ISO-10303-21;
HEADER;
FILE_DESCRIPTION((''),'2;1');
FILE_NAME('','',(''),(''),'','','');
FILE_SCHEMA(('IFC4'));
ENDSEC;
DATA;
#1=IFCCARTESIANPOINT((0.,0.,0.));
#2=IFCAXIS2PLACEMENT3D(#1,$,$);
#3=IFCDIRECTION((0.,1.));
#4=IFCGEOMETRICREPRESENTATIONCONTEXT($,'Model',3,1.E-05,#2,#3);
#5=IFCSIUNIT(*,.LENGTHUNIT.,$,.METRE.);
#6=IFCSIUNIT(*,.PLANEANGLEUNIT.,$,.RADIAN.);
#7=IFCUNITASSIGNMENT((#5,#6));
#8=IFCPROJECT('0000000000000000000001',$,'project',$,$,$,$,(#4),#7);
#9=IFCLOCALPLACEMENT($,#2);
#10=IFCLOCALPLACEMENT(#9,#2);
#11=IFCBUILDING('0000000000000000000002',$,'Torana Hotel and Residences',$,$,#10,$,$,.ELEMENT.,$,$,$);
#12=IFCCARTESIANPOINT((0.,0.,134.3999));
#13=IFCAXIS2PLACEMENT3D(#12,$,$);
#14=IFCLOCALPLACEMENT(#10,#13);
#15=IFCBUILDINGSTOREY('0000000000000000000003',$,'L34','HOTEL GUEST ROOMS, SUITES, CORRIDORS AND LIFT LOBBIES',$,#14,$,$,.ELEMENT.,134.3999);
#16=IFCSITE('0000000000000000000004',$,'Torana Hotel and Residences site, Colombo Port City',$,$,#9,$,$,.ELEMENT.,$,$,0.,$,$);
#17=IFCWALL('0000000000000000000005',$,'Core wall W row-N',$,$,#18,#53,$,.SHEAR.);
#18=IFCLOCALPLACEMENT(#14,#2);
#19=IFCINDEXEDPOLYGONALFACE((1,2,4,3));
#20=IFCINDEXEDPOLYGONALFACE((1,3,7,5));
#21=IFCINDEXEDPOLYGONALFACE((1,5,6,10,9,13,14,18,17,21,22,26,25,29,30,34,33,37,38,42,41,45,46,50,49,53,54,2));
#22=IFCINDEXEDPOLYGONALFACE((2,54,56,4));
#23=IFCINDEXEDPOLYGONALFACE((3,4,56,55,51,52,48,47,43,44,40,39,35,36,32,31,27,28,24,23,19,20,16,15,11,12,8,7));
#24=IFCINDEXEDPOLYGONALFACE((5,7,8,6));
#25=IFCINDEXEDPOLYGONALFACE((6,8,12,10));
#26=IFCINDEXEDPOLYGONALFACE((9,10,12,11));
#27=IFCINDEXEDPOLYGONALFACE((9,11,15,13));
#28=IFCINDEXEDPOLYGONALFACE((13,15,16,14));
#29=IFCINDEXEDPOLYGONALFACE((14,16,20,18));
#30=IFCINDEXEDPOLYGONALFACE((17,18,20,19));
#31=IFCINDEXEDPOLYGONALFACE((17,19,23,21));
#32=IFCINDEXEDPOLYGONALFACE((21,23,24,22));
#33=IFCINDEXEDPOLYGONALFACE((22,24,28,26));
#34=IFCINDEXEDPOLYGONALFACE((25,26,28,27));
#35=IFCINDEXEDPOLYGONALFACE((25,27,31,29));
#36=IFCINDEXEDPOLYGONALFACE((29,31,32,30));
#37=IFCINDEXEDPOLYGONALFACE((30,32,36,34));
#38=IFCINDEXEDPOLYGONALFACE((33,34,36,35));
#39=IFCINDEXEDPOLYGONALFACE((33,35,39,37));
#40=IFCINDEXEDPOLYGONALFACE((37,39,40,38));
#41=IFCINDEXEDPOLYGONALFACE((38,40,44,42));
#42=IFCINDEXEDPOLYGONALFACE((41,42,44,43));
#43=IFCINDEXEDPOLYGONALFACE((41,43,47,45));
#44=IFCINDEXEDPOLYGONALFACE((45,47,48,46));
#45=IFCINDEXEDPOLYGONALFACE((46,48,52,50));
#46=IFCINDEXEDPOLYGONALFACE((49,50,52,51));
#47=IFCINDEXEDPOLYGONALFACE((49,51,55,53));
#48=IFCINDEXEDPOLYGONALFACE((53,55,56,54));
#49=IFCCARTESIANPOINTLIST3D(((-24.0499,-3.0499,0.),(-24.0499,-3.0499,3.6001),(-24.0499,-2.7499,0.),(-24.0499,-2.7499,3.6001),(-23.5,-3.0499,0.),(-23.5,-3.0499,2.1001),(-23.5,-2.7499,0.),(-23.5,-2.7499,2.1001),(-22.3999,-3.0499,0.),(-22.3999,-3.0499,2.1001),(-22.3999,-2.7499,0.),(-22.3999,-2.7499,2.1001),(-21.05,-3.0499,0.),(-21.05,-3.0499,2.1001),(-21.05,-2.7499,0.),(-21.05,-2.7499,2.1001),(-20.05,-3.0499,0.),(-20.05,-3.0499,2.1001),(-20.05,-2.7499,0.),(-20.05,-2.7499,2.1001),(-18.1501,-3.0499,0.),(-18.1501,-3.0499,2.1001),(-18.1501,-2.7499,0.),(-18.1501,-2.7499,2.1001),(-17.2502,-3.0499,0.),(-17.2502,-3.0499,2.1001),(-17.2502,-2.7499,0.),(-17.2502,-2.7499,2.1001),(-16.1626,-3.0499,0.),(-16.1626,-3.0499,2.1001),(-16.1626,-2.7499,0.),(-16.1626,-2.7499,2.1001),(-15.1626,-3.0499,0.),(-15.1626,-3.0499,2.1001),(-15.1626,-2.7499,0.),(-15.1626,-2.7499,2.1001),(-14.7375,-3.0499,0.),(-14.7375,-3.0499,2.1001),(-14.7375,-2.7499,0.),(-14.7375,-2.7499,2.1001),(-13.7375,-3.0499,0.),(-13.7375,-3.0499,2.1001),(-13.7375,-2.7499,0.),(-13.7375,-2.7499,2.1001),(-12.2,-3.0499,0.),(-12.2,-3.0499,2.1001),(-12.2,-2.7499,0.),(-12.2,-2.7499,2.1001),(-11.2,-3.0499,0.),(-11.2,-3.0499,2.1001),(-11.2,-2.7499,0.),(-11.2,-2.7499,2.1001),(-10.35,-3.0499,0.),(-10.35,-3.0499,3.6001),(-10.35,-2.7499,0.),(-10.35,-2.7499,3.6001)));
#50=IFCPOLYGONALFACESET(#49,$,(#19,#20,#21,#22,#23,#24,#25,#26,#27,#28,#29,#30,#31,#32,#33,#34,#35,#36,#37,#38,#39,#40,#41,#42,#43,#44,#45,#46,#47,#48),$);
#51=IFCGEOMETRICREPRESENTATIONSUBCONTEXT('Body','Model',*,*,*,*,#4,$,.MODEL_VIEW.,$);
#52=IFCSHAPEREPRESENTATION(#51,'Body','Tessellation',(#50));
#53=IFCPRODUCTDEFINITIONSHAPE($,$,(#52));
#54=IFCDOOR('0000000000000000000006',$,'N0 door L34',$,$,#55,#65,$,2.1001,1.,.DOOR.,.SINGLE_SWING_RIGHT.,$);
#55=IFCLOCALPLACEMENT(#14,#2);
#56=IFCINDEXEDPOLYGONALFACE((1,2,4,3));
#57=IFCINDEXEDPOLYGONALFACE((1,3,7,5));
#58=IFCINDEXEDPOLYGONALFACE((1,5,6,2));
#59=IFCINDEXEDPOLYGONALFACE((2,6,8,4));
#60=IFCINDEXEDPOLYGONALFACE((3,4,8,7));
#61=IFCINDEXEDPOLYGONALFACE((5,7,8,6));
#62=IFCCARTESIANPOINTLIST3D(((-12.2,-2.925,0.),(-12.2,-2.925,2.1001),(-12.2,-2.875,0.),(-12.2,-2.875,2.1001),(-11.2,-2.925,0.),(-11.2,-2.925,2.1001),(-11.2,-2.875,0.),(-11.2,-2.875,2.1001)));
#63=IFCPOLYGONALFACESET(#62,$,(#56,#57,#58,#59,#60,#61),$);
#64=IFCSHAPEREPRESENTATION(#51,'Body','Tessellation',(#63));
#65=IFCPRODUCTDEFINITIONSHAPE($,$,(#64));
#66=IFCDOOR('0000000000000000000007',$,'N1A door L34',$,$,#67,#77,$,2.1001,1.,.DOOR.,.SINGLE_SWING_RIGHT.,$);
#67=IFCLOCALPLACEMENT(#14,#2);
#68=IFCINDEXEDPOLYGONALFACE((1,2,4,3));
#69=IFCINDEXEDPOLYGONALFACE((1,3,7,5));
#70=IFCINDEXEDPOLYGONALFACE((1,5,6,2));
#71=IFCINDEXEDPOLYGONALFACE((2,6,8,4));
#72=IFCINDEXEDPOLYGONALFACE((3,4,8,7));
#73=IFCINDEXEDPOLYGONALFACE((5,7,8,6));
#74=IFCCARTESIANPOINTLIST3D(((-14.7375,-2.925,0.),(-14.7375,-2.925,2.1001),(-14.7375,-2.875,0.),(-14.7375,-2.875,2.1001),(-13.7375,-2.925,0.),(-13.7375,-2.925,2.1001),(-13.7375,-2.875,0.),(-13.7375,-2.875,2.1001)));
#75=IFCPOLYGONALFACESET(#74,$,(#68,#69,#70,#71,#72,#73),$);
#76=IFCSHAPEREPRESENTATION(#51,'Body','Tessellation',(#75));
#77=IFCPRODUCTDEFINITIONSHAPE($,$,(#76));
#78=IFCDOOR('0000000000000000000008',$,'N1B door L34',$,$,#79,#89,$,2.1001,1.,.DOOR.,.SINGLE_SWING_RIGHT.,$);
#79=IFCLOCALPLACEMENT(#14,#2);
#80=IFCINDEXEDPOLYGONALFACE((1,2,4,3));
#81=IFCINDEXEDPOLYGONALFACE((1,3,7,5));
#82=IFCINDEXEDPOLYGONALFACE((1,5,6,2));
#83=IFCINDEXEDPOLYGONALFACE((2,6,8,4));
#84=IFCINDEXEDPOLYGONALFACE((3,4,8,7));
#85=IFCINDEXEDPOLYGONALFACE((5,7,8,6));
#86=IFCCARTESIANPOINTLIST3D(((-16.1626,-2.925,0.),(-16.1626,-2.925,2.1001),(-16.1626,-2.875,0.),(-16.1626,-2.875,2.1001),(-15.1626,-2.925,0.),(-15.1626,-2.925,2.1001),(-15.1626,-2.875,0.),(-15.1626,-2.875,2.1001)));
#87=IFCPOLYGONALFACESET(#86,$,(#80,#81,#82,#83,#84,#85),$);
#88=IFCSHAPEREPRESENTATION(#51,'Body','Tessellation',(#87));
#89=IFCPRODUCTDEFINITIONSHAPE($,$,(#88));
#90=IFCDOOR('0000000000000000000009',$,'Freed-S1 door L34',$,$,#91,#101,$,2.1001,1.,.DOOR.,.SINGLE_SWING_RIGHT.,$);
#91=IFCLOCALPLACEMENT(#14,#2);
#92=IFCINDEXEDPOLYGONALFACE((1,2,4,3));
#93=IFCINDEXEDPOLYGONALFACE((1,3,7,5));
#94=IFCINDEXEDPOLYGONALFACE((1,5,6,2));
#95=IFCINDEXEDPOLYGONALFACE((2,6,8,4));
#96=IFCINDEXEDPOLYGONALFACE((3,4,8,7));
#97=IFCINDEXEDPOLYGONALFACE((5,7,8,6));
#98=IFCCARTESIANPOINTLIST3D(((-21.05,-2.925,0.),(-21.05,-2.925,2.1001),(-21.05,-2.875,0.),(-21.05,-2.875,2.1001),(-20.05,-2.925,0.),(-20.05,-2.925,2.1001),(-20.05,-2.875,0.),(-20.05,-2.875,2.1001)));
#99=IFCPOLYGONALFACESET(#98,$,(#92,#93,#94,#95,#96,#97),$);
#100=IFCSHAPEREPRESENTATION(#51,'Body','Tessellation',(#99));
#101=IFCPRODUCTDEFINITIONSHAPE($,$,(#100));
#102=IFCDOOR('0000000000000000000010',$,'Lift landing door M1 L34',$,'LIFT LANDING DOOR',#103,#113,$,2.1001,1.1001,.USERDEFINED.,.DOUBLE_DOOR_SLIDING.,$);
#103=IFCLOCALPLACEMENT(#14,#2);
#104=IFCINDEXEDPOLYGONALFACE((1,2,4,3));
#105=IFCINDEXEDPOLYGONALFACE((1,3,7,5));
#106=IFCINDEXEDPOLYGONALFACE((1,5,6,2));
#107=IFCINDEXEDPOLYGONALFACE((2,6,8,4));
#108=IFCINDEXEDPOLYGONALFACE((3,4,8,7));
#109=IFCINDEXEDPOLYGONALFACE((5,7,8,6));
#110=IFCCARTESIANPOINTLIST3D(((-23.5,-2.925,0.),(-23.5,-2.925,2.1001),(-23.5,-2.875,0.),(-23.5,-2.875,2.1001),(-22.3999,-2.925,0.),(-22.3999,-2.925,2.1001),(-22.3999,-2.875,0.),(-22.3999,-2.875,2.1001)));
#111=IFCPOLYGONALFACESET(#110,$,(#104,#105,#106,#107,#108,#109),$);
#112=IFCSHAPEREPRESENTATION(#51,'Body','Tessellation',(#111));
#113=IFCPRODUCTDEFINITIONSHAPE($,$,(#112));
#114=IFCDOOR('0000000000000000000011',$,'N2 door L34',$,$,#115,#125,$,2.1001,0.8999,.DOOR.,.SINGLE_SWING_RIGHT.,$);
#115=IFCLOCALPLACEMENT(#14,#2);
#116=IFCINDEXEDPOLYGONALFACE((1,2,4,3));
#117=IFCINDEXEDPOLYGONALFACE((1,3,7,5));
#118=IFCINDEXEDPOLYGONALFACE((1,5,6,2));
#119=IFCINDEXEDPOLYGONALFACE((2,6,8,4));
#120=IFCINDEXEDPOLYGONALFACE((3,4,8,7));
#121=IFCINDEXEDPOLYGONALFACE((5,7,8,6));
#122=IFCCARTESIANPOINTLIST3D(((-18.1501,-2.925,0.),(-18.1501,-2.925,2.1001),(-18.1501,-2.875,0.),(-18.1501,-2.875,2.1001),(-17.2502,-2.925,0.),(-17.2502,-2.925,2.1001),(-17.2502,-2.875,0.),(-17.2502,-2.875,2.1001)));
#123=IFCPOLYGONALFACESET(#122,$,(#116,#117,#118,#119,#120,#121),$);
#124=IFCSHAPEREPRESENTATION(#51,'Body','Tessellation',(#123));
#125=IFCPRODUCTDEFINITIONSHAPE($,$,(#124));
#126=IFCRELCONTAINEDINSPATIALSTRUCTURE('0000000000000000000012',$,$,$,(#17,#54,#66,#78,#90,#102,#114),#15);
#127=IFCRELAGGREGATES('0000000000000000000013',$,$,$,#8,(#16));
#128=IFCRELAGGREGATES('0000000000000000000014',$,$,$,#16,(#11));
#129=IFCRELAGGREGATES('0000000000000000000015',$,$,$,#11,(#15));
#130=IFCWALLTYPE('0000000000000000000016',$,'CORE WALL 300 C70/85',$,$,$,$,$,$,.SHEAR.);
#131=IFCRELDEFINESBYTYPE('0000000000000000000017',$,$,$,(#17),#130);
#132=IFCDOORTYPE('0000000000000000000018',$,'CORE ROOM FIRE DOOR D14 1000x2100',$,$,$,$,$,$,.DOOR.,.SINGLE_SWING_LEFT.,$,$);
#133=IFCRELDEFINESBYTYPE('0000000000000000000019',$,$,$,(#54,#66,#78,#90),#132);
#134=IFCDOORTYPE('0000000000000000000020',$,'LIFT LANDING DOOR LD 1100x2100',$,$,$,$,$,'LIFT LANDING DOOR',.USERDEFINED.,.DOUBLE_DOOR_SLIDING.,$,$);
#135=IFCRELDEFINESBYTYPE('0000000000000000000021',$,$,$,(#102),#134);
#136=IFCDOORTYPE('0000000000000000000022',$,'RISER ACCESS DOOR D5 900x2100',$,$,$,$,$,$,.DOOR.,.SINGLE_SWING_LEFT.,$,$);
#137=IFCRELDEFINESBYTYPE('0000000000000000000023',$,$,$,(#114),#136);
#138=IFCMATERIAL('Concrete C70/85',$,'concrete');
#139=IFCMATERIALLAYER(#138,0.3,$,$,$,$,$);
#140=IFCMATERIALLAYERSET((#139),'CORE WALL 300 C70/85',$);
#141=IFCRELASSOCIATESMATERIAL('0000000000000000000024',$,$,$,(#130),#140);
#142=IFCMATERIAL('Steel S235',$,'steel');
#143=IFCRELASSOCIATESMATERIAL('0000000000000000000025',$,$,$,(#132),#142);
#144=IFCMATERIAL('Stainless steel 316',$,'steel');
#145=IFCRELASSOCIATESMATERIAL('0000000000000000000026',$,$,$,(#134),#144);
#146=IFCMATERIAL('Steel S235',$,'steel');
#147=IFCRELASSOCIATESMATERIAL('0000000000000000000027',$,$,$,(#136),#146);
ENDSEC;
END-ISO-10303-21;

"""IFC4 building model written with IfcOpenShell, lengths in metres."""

from ifc_helpers import new_model, si_unit, direction, frame, frame_2d, origin, place, context, subcontext, project, spatial, rectangle, extrude, material, layer, layer_set, type_object, element, fill, save


model = new_model("IFC4")

# Units and contexts
model_context = context("Model", 3, precision=1e-05, world=origin(), true_north=direction((0.0, 1.0)))
body_context = subcontext(model_context, "Body", "Model", "MODEL_VIEW")
ifc_project = project(units=[si_unit("LENGTHUNIT", "METRE"), si_unit("PLANEANGLEUNIT", "RADIAN")], contexts=[model_context])

# Site, building, storey
site_placement = place(None, origin())
site = spatial("IfcSite", under=ifc_project, at=site_placement, Name="Torana Hotel and Residences site, Colombo Port City", CompositionType="ELEMENT", RefElevation=0.0)
building_placement = place(site_placement, origin())
building = spatial("IfcBuilding", under=site, at=building_placement, Name="Torana Hotel and Residences", CompositionType="ELEMENT")
storey_placement = place(building_placement, frame((0.0, 0.0, 134.3999)))
storey = spatial("IfcBuildingStorey", under=building, at=storey_placement, Name="L34", Description="HOTEL GUEST ROOMS, SUITES, CORRIDORS AND LIFT LOBBIES", CompositionType="ELEMENT", Elevation=134.3999)

# Wall, openings, doors
ifc_material_1 = material(Name="Concrete C70/85", Category="concrete")
ifc_layer_1 = layer(ifc_material_1, 0.3)
ifc_layer_set_1 = layer_set([ifc_layer_1], Name="CORE WALL 300 C70/85")
wall_type_1 = type_object("IfcWallType", Name="CORE WALL 300 C70/85", PredefinedType="SHEAR", material=ifc_layer_set_1)
wall_1_placement = place(storey_placement, frame((-24.05, -2.8999, 0.0), z_axis=(0.0, 0.0, 1.0), x_axis=(1.0, 0.0, 0.0)))
wall_1 = element("IfcWall", 1, at=wall_1_placement, inside=storey, type_object=wall_type_1, Name="Core wall W row-N", PredefinedType="SHEAR", context=body_context, shape_type="SweptSolid", body=[
    extrude(rectangle(XDim=13.7, YDim=0.3, at=frame_2d((6.8501, 0.0))), origin(), (0.0, 0.0, 1.0), 3.6001),
])
opening_1_placement = place(wall_1_placement, frame((0.55, 0.0, 0.0)))
opening_1 = element("IfcOpeningElement", 2, at=opening_1_placement, cuts=wall_1, PredefinedType="OPENING", context=body_context, shape_type="SweptSolid", body=[
    extrude(rectangle(XDim=1.1001, YDim=2.1001, at=frame_2d((0.55, 1.05))), frame((0.0, 0.1599, 0.0), z_axis=(0.0, -1.0, 0.0), x_axis=(1.0, 0.0, 0.0)), (0.0, 0.0, 1.0), 0.3201),
])
opening_2_placement = place(wall_1_placement, frame((5.8999, 0.0, 0.0)))
opening_2 = element("IfcOpeningElement", 3, at=opening_2_placement, cuts=wall_1, PredefinedType="OPENING", context=body_context, shape_type="SweptSolid", body=[
    extrude(rectangle(XDim=0.8999, YDim=2.1001, at=frame_2d((0.45, 1.05))), frame((0.0, 0.1599, 0.0), z_axis=(0.0, -1.0, 0.0), x_axis=(1.0, 0.0, 0.0)), (0.0, 0.0, 1.0), 0.3201),
])
opening_3_placement = place(wall_1_placement, frame((11.8501, 0.0, 0.0)))
opening_3 = element("IfcOpeningElement", 4, at=opening_3_placement, cuts=wall_1, PredefinedType="OPENING", context=body_context, shape_type="SweptSolid", body=[
    extrude(rectangle(XDim=1.0, YDim=2.1001, at=frame_2d((0.5, 1.05))), frame((0.0, 0.1599, 0.0), z_axis=(0.0, -1.0, 0.0), x_axis=(1.0, 0.0, 0.0)), (0.0, 0.0, 1.0), 0.3201),
])
opening_4_placement = place(wall_1_placement, frame((9.3125, 0.0, 0.0)))
opening_4 = element("IfcOpeningElement", 5, at=opening_4_placement, cuts=wall_1, PredefinedType="OPENING", context=body_context, shape_type="SweptSolid", body=[
    extrude(rectangle(XDim=1.0, YDim=2.1001, at=frame_2d((0.5, 1.05))), frame((0.0, 0.1599, 0.0), z_axis=(0.0, -1.0, 0.0), x_axis=(1.0, 0.0, 0.0)), (0.0, 0.0, 1.0), 0.3201),
])
opening_5_placement = place(wall_1_placement, frame((7.8875, 0.0, 0.0)))
opening_5 = element("IfcOpeningElement", 6, at=opening_5_placement, cuts=wall_1, PredefinedType="OPENING", context=body_context, shape_type="SweptSolid", body=[
    extrude(rectangle(XDim=1.0, YDim=2.1001, at=frame_2d((0.5, 1.05))), frame((0.0, 0.1599, 0.0), z_axis=(0.0, -1.0, 0.0), x_axis=(1.0, 0.0, 0.0)), (0.0, 0.0, 1.0), 0.3201),
])
opening_6_placement = place(wall_1_placement, frame((3.0, 0.0, 0.0)))
opening_6 = element("IfcOpeningElement", 7, at=opening_6_placement, cuts=wall_1, PredefinedType="OPENING", context=body_context, shape_type="SweptSolid", body=[
    extrude(rectangle(XDim=1.0, YDim=2.1001, at=frame_2d((0.5, 1.05))), frame((0.0, 0.1599, 0.0), z_axis=(0.0, -1.0, 0.0), x_axis=(1.0, 0.0, 0.0)), (0.0, 0.0, 1.0), 0.3201),
])
ifc_material_2 = material(Name="Steel S235", Category="steel")
door_type_1 = type_object("IfcDoorType", Name="CORE ROOM FIRE DOOR D14 1000x2100", OperationType="SINGLE_SWING_LEFT", PredefinedType="DOOR", material=ifc_material_2)
door_1_placement = place(opening_3_placement, origin())
door_1 = element("IfcDoor", 8, at=door_1_placement, inside=storey, type_object=door_type_1, Name="N0 door L34", OperationType="SINGLE_SWING_RIGHT", OverallHeight=2.1001, OverallWidth=1.0, PredefinedType="DOOR", context=body_context, shape_type="SweptSolid", body=[
    extrude(rectangle(XDim=1.0, YDim=2.1001, at=frame_2d((0.5, 1.05))), frame((0.0, 0.0249, 0.0), z_axis=(0.0, -1.0, 0.0), x_axis=(1.0, 0.0, 0.0)), (0.0, 0.0, 1.0), 0.05),
])
fill(opening_3, door_1)
door_2_placement = place(opening_4_placement, origin())
door_2 = element("IfcDoor", 9, at=door_2_placement, inside=storey, type_object=door_type_1, Name="N1A door L34", OperationType="SINGLE_SWING_RIGHT", OverallHeight=2.1001, OverallWidth=1.0, PredefinedType="DOOR", context=body_context, shape_type="SweptSolid", body=[
    extrude(rectangle(XDim=1.0, YDim=2.1001, at=frame_2d((0.5, 1.05))), frame((0.0, 0.0249, 0.0), z_axis=(0.0, -1.0, 0.0), x_axis=(1.0, 0.0, 0.0)), (0.0, 0.0, 1.0), 0.05),
])
fill(opening_4, door_2)
door_3_placement = place(opening_5_placement, origin())
door_3 = element("IfcDoor", 10, at=door_3_placement, inside=storey, type_object=door_type_1, Name="N1B door L34", OperationType="SINGLE_SWING_RIGHT", OverallHeight=2.1001, OverallWidth=1.0, PredefinedType="DOOR", context=body_context, shape_type="SweptSolid", body=[
    extrude(rectangle(XDim=1.0, YDim=2.1001, at=frame_2d((0.5, 1.05))), frame((0.0, 0.0249, 0.0), z_axis=(0.0, -1.0, 0.0), x_axis=(1.0, 0.0, 0.0)), (0.0, 0.0, 1.0), 0.05),
])
fill(opening_5, door_3)
door_4_placement = place(opening_6_placement, origin())
door_4 = element("IfcDoor", 11, at=door_4_placement, inside=storey, type_object=door_type_1, Name="Freed-S1 door L34", OperationType="SINGLE_SWING_RIGHT", OverallHeight=2.1001, OverallWidth=1.0, PredefinedType="DOOR", context=body_context, shape_type="SweptSolid", body=[
    extrude(rectangle(XDim=1.0, YDim=2.1001, at=frame_2d((0.5, 1.05))), frame((0.0, 0.0249, 0.0), z_axis=(0.0, -1.0, 0.0), x_axis=(1.0, 0.0, 0.0)), (0.0, 0.0, 1.0), 0.05),
])
fill(opening_6, door_4)
ifc_material_3 = material(Name="Stainless steel 316", Category="steel")
door_type_2 = type_object("IfcDoorType", Name="LIFT LANDING DOOR LD 1100x2100", ElementType="LIFT LANDING DOOR", OperationType="DOUBLE_DOOR_SLIDING", PredefinedType="USERDEFINED", material=ifc_material_3)
door_5_placement = place(opening_1_placement, origin())
door_5 = element("IfcDoor", 12, at=door_5_placement, inside=storey, type_object=door_type_2, Name="Lift landing door M1 L34", ObjectType="LIFT LANDING DOOR", OperationType="DOUBLE_DOOR_SLIDING", OverallHeight=2.1001, OverallWidth=1.1001, PredefinedType="USERDEFINED", context=body_context, shape_type="SweptSolid", body=[
    extrude(rectangle(XDim=1.1001, YDim=2.1001, at=frame_2d((0.55, 1.05))), frame((0.0, 0.0249, 0.0), z_axis=(0.0, -1.0, 0.0), x_axis=(1.0, 0.0, 0.0)), (0.0, 0.0, 1.0), 0.05),
])
fill(opening_1, door_5)
ifc_material_4 = material(Name="Steel S235", Category="steel")
door_type_3 = type_object("IfcDoorType", Name="RISER ACCESS DOOR D5 900x2100", OperationType="SINGLE_SWING_LEFT", PredefinedType="DOOR", material=ifc_material_4)
door_6_placement = place(opening_2_placement, origin())
door_6 = element("IfcDoor", 13, at=door_6_placement, inside=storey, type_object=door_type_3, Name="N2 door L34", OperationType="SINGLE_SWING_RIGHT", OverallHeight=2.1001, OverallWidth=0.8999, PredefinedType="DOOR", context=body_context, shape_type="SweptSolid", body=[
    extrude(rectangle(XDim=0.8999, YDim=2.1001, at=frame_2d((0.45, 1.05))), frame((0.0, 0.0249, 0.0), z_axis=(0.0, -1.0, 0.0), x_axis=(1.0, 0.0, 0.0)), (0.0, 0.0, 1.0), 0.05),
])
fill(opening_2, door_6)

save(model, "model.ifc")
